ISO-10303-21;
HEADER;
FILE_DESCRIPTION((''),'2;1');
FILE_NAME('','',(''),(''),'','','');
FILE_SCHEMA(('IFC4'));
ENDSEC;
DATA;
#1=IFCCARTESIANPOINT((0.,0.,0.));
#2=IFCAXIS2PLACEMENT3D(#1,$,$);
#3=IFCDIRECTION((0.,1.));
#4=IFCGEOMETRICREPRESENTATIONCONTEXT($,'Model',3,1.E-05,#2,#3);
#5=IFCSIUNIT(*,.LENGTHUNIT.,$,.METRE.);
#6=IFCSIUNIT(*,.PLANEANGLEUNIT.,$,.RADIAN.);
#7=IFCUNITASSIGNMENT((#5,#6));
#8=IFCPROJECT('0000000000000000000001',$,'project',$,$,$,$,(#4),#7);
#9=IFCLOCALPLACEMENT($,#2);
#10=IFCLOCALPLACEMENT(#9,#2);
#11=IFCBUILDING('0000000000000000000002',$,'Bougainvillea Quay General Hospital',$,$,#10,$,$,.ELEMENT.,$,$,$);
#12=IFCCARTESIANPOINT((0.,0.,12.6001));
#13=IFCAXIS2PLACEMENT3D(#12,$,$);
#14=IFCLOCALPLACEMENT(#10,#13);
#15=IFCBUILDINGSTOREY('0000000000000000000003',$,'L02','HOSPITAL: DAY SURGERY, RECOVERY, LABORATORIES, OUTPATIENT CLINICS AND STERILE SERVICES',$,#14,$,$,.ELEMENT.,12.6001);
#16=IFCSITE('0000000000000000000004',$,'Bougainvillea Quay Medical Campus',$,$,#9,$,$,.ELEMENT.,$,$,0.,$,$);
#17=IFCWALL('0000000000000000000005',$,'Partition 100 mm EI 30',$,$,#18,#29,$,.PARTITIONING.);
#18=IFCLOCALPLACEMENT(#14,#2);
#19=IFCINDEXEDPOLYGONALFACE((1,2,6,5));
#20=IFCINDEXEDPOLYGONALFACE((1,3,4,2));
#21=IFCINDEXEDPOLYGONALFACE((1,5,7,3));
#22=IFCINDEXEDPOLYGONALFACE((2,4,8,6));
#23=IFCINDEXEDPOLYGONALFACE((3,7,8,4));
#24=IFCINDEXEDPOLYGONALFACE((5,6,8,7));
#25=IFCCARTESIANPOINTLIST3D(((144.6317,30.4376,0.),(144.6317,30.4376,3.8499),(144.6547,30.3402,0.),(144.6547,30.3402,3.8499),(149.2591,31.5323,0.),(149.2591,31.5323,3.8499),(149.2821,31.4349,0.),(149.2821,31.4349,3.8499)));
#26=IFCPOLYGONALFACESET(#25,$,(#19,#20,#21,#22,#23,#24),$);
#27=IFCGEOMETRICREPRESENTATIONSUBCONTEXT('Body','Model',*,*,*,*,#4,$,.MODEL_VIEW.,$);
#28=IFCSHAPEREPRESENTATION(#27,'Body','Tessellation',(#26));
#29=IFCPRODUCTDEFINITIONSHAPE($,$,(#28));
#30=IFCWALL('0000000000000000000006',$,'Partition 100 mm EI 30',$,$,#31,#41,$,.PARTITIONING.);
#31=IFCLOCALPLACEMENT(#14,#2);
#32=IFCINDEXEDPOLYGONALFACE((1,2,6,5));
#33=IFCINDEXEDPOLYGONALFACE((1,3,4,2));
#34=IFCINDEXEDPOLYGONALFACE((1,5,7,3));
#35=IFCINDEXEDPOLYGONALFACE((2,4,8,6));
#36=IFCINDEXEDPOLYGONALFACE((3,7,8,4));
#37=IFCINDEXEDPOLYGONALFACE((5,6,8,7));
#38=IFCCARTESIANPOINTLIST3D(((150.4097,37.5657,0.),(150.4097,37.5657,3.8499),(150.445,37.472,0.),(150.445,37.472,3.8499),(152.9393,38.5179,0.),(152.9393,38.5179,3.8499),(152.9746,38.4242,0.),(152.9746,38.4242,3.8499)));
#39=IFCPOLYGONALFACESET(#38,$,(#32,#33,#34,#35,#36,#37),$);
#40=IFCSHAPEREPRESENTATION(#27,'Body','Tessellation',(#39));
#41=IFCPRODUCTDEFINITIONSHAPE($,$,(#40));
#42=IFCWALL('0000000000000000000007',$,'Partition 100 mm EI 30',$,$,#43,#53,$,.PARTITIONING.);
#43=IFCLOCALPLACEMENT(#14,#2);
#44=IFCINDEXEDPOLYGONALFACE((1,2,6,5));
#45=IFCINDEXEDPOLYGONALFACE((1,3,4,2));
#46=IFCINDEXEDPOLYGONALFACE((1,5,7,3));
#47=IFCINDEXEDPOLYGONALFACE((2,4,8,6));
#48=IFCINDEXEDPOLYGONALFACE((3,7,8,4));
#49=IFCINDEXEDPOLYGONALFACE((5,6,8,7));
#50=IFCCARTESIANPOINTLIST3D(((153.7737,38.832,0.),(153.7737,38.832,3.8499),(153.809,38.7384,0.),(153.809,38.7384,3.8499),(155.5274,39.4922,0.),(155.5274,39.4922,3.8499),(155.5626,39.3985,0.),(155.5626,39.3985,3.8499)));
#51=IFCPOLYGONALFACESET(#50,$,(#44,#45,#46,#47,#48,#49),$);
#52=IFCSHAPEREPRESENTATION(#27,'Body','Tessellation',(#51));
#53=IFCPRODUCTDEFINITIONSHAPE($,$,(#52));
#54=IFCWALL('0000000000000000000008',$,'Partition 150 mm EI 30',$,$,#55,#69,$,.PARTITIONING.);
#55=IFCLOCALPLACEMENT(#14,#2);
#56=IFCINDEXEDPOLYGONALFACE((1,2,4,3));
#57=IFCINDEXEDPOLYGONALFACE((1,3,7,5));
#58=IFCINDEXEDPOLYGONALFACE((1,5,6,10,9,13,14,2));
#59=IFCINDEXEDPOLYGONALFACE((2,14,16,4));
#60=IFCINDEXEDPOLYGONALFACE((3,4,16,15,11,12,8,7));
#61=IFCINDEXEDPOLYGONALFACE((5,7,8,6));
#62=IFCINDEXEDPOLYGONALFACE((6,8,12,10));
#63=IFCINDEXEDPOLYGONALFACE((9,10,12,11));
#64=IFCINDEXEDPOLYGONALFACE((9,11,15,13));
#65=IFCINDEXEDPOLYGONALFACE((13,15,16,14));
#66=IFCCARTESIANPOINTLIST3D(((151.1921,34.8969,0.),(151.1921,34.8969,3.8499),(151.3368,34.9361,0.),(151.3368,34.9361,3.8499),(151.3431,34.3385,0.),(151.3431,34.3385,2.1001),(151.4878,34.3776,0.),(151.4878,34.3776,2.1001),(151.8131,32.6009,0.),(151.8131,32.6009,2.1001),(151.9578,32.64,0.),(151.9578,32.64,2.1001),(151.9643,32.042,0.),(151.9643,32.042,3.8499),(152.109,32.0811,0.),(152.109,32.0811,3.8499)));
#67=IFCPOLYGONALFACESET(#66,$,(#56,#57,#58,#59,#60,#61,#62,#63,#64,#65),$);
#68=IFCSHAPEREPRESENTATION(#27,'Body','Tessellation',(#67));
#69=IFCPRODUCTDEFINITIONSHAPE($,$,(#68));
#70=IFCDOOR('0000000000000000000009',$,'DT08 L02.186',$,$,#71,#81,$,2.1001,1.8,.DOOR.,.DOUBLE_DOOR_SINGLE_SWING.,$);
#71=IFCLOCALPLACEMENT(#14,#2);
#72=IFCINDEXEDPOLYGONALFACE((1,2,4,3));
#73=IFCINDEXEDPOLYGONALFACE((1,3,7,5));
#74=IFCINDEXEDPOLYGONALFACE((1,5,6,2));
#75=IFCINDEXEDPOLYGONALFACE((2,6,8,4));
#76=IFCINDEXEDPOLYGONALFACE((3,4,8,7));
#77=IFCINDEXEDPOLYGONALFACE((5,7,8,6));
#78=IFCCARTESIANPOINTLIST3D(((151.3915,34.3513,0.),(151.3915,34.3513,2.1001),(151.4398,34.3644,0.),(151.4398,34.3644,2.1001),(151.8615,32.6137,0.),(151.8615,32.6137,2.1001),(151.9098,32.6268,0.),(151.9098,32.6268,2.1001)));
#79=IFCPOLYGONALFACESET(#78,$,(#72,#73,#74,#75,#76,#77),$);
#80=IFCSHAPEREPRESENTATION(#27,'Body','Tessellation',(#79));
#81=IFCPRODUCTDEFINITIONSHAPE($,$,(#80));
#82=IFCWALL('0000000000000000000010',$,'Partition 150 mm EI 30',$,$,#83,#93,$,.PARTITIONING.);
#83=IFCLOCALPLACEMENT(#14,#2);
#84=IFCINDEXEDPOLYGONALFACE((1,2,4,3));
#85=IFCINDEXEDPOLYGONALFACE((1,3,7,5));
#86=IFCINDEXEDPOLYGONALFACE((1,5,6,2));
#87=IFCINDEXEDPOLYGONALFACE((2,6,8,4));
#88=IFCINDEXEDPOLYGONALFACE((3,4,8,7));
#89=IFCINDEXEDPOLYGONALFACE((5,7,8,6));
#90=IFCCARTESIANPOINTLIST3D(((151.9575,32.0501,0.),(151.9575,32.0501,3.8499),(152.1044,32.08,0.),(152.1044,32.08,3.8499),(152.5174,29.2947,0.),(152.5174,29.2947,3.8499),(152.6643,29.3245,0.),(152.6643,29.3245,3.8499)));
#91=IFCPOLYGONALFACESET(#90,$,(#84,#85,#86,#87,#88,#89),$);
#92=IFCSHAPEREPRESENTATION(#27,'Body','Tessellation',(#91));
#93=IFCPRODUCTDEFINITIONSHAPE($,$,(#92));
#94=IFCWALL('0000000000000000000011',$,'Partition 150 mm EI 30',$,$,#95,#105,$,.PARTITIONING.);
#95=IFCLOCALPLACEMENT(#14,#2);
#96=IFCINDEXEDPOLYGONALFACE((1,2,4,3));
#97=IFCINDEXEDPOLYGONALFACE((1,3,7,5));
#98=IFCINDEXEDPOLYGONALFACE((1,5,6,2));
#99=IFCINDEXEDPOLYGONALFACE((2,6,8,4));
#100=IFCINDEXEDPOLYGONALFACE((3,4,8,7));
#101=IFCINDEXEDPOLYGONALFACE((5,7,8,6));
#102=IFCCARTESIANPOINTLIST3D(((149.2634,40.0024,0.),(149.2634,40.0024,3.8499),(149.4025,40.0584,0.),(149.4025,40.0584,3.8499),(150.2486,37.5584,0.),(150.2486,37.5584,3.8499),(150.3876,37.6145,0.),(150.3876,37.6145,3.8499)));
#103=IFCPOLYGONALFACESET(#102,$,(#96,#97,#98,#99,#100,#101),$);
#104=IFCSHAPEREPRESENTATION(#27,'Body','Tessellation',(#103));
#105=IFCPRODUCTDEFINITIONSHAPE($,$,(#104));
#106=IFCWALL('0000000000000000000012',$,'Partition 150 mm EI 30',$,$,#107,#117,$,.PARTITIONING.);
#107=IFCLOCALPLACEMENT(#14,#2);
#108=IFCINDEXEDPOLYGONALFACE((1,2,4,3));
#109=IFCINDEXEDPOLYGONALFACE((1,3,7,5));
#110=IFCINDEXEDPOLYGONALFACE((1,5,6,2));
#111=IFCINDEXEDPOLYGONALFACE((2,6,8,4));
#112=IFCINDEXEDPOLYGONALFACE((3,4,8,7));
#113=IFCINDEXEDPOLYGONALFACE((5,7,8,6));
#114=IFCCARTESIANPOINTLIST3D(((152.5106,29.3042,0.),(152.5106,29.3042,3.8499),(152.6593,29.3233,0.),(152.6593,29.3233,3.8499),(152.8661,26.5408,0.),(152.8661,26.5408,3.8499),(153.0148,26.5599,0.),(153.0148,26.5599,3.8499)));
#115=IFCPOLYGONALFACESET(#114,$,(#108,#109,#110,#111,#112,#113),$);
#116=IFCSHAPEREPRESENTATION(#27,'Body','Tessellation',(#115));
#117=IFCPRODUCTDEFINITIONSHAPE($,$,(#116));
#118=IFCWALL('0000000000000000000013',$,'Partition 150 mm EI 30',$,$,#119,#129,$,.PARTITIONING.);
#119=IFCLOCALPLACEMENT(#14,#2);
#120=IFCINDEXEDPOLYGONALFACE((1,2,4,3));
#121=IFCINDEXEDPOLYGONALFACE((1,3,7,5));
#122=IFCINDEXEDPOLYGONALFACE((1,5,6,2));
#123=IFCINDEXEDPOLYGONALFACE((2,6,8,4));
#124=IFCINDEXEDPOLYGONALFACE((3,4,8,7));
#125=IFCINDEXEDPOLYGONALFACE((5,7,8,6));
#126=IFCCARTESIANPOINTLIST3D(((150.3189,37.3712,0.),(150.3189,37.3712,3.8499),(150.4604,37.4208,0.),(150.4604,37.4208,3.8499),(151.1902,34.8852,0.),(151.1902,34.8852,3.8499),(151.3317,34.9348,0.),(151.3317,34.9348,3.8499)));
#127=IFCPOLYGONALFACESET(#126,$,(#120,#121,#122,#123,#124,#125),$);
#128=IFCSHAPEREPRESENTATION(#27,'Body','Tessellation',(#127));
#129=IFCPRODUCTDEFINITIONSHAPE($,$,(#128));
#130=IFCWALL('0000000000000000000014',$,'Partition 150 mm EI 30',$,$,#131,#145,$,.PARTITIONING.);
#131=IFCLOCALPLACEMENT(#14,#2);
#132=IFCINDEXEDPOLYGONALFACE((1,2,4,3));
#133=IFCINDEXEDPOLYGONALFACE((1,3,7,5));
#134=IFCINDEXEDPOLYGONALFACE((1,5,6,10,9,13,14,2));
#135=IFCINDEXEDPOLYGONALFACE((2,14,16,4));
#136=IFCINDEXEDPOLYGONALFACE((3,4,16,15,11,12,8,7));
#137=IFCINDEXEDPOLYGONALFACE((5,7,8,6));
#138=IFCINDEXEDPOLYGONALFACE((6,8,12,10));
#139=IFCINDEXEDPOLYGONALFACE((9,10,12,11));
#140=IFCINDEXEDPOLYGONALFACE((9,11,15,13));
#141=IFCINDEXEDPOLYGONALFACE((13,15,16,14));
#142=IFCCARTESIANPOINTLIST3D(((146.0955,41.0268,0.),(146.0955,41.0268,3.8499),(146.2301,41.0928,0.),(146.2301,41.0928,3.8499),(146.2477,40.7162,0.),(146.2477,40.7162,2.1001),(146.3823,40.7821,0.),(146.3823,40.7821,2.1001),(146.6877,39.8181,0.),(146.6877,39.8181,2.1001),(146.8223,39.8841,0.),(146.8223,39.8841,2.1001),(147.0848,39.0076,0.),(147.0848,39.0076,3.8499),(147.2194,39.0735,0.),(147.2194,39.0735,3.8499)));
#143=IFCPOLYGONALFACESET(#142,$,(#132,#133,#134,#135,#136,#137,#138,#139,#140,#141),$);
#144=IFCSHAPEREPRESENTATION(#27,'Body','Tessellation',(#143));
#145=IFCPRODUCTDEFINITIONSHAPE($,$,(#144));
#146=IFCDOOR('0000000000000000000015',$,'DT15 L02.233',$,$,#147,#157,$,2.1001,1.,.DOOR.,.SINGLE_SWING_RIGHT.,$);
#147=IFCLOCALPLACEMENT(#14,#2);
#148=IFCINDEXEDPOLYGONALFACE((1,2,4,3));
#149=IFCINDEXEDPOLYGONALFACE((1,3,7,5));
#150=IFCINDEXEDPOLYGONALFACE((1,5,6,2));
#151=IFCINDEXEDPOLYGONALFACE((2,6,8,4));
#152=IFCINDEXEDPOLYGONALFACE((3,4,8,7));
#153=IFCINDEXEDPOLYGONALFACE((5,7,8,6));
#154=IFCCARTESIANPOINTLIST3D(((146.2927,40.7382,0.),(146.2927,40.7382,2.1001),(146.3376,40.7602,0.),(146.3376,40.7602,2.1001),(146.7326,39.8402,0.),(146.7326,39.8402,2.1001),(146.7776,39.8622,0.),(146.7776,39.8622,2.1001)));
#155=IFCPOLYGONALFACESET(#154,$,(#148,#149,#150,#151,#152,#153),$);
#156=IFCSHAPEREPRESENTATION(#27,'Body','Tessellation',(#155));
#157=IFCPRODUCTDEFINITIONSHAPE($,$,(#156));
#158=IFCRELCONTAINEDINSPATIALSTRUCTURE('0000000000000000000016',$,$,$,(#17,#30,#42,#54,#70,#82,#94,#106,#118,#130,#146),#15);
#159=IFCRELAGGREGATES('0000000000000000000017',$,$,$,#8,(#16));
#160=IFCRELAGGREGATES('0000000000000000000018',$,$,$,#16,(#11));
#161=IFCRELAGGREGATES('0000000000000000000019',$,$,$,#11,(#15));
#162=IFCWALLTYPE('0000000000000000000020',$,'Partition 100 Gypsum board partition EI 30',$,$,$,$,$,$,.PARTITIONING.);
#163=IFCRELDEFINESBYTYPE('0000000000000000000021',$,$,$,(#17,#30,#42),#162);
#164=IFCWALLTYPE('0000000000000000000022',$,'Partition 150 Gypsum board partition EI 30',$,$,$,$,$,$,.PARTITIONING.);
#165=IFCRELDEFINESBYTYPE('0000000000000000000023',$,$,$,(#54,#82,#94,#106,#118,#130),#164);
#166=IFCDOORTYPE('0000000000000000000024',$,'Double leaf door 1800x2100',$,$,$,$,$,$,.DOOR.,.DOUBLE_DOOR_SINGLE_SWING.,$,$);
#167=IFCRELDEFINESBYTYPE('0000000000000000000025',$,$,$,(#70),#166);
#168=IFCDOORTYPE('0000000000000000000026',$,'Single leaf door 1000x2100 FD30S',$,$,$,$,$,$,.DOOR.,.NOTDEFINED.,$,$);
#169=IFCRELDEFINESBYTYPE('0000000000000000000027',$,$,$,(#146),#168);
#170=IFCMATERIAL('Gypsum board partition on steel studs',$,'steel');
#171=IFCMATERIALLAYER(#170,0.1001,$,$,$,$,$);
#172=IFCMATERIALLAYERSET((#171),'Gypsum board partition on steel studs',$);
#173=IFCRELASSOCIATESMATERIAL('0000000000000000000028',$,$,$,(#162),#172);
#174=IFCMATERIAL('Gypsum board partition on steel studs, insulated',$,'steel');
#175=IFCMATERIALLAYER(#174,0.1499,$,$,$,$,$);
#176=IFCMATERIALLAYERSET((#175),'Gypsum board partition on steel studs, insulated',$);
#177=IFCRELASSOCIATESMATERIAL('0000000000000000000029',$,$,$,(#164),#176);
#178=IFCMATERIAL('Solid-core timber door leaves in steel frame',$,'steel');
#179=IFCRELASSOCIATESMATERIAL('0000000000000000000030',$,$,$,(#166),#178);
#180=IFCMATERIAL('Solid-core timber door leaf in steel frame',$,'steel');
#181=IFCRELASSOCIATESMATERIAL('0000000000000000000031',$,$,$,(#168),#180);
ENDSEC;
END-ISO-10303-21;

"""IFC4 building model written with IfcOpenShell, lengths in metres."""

from ifc_helpers import new_model, si_unit, direction, frame, frame_2d, origin, place, context, subcontext, project, spatial, rectangle, extrude, material, layer, layer_set, type_object, element, fill, save


model = new_model("IFC4")

# Units and contexts
model_context = context("Model", 3, precision=1e-05, world=origin(), true_north=direction((0.0, 1.0)))
body_context = subcontext(model_context, "Body", "Model", "MODEL_VIEW")
ifc_project = project(units=[si_unit("LENGTHUNIT", "METRE"), si_unit("PLANEANGLEUNIT", "RADIAN")], contexts=[model_context])

# Site, building, storey
site_placement = place(None, origin())
site = spatial("IfcSite", under=ifc_project, at=site_placement, Name="Bougainvillea Quay Medical Campus", CompositionType="ELEMENT", RefElevation=0.0)
building_placement = place(site_placement, origin())
building = spatial("IfcBuilding", under=site, at=building_placement, Name="Bougainvillea Quay General Hospital", CompositionType="ELEMENT")
storey_placement = place(building_placement, frame((0.0, 0.0, 12.6001)))
storey = spatial("IfcBuildingStorey", under=building, at=storey_placement, Name="L02", Description="HOSPITAL: DAY SURGERY, RECOVERY, LABORATORIES, OUTPATIENT CLINICS AND STERILE SERVICES", CompositionType="ELEMENT", Elevation=12.6001)

# Walls
ifc_material_1 = material(Name="Gypsum board partition on steel studs", Category="steel")
ifc_layer_1 = layer(ifc_material_1, 0.1001)
ifc_layer_set_1 = layer_set([ifc_layer_1], Name="Gypsum board partition on steel studs")
wall_type_1 = type_object("IfcWallType", Name="Partition 100 Gypsum board partition EI 30", PredefinedType="PARTITIONING", material=ifc_layer_set_1)
wall_1_placement = place(storey_placement, frame((144.6433, 30.3889, 0.0), z_axis=(0.0, 0.0, 1.0), x_axis=(0.973139, 0.230218, 0.0)))
element("IfcWall", 1, at=wall_1_placement, inside=storey, type_object=wall_type_1, Name="Partition 100 mm EI 30", PredefinedType="PARTITIONING", context=body_context, shape_type="SweptSolid", body=[
    extrude(rectangle(XDim=4.7551, YDim=0.1001, at=frame_2d((2.3774, 0.0))), origin(), (0.0, 0.0, 1.0), 3.8499),
])
wall_2_placement = place(storey_placement, frame((150.4272, 37.5188, 0.0), z_axis=(0.0, 0.0, 1.0), x_axis=(0.935894, 0.352281, 0.0)))
element("IfcWall", 2, at=wall_2_placement, inside=storey, type_object=wall_type_1, Name="Partition 100 mm EI 30", PredefinedType="PARTITIONING", context=body_context, shape_type="SweptSolid", body=[
    extrude(rectangle(XDim=2.7029, YDim=0.1001, at=frame_2d((1.3516, 0.0))), origin(), (0.0, 0.0, 1.0), 3.8499),
])
wall_3_placement = place(storey_placement, frame((153.7913, 38.7852, 0.0), z_axis=(0.0, 0.0, 1.0), x_axis=(0.935884, 0.352308, 0.0)))
element("IfcWall", 3, at=wall_3_placement, inside=storey, type_object=wall_type_1, Name="Partition 100 mm EI 30", PredefinedType="PARTITIONING", context=body_context, shape_type="SweptSolid", body=[
    extrude(rectangle(XDim=1.8738, YDim=0.1001, at=frame_2d((0.937, 0.0))), origin(), (0.0, 0.0, 1.0), 3.8499),
])

# Wall, opening, door
ifc_material_2 = material(Name="Gypsum board partition on steel studs, insulated", Category="steel")
ifc_layer_2 = layer(ifc_material_2, 0.1499)
ifc_layer_set_2 = layer_set([ifc_layer_2], Name="Gypsum board partition on steel studs, insulated")
wall_type_2 = type_object("IfcWallType", Name="Partition 150 Gypsum board partition EI 30", PredefinedType="PARTITIONING", material=ifc_layer_set_2)
wall_4_placement = place(storey_placement, frame((151.2644, 34.9165, 0.0), z_axis=(0.0, 0.0, 1.0), x_axis=(0.261098, -0.965312, 0.0)))
wall_4 = element("IfcWall", 4, at=wall_4_placement, inside=storey, type_object=wall_type_2, Name="Partition 150 mm EI 30", PredefinedType="PARTITIONING", context=body_context, shape_type="SweptSolid", body=[
    extrude(rectangle(XDim=2.9575, YDim=0.1499, at=frame_2d((1.4788, 0.0))), origin(), (0.0, 0.0, 1.0), 3.8499),
])
opening_1_placement = place(wall_4_placement, frame((0.5786, 0.0, 0.0)))
opening_1 = element("IfcOpeningElement", 5, at=opening_1_placement, cuts=wall_4, PredefinedType="OPENING", context=body_context, shape_type="SweptSolid", body=[
    extrude(rectangle(XDim=1.8, YDim=2.1001, at=frame_2d((0.8999, 1.05))), frame((0.0, 0.085, 0.0), z_axis=(0.0, -1.0, 0.0), x_axis=(1.0, 0.0, 0.0)), (0.0, 0.0, 1.0), 0.1699),
])
ifc_material_3 = material(Name="Solid-core timber door leaves in steel frame", Category="steel")
door_type_1 = type_object("IfcDoorType", Name="Double leaf door 1800x2100", OperationType="DOUBLE_DOOR_SINGLE_SWING", PredefinedType="DOOR", material=ifc_material_3)
door_1_placement = place(opening_1_placement, frame((1.8, 0.0, 0.0), z_axis=(0.0, 0.0, 1.0), x_axis=(-1.0, 0.0, 0.0)))
door_1 = element("IfcDoor", 6, at=door_1_placement, inside=storey, type_object=door_type_1, Name="DT08 L02.186", OperationType="DOUBLE_DOOR_SINGLE_SWING", OverallHeight=2.1001, OverallWidth=1.8, PredefinedType="DOOR", context=body_context, shape_type="SweptSolid", body=[
    extrude(rectangle(XDim=1.8, YDim=2.1001, at=frame_2d((0.8999, 1.05))), frame((0.0, 0.0249, 0.0), z_axis=(0.0, -1.0, 0.0), x_axis=(1.0, 0.0, 0.0)), (0.0, 0.0, 1.0), 0.05),
])
fill(opening_1, door_1)

# Walls
wall_5_placement = place(storey_placement, frame((152.031, 32.0649, 0.0), z_axis=(0.0, 0.0, 1.0), x_axis=(0.199104, -0.979978, 0.0)))
element("IfcWall", 7, at=wall_5_placement, inside=storey, type_object=wall_type_2, Name="Partition 150 mm EI 30", PredefinedType="PARTITIONING", context=body_context, shape_type="SweptSolid", body=[
    extrude(rectangle(XDim=2.8118, YDim=0.1499, at=frame_2d((1.4058, 0.0))), origin(), (0.0, 0.0, 1.0), 3.8499),
])
wall_6_placement = place(storey_placement, frame((149.333, 40.0303, 0.0), z_axis=(0.0, 0.0, 1.0), x_axis=(0.373865, -0.927483, 0.0)))
element("IfcWall", 8, at=wall_6_placement, inside=storey, type_object=wall_type_2, Name="Partition 150 mm EI 30", PredefinedType="PARTITIONING", context=body_context, shape_type="SweptSolid", body=[
    extrude(rectangle(XDim=2.635, YDim=0.1499, at=frame_2d((1.3174, 0.0))), origin(), (0.0, 0.0, 1.0), 3.8499),
])
wall_7_placement = place(storey_placement, frame((152.585, 29.3137, 0.0), z_axis=(0.0, 0.0, 1.0), x_axis=(0.127582, -0.991828, 0.0)))
element("IfcWall", 9, at=wall_7_placement, inside=storey, type_object=wall_type_2, Name="Partition 150 mm EI 30", PredefinedType="PARTITIONING", context=body_context, shape_type="SweptSolid", body=[
    extrude(rectangle(XDim=2.7861, YDim=0.1499, at=frame_2d((1.3931, 0.0))), origin(), (0.0, 0.0, 1.0), 3.8499),
])
wall_8_placement = place(storey_placement, frame((150.3896, 37.396, 0.0), z_axis=(0.0, 0.0, 1.0), x_axis=(0.330759, -0.943715, 0.0)))
element("IfcWall", 10, at=wall_8_placement, inside=storey, type_object=wall_type_2, Name="Partition 150 mm EI 30", PredefinedType="PARTITIONING", context=body_context, shape_type="SweptSolid", body=[
    extrude(rectangle(XDim=2.6343, YDim=0.1499, at=frame_2d((1.3171, 0.0))), origin(), (0.0, 0.0, 1.0), 3.8499),
])

# Wall, opening, door
wall_9_placement = place(storey_placement, frame((146.1628, 41.0598, 0.0), z_axis=(0.0, 0.0, 1.0), x_axis=(0.439946, -0.898024, 0.0)))
wall_9 = element("IfcWall", 11, at=wall_9_placement, inside=storey, type_object=wall_type_2, Name="Partition 150 mm EI 30", PredefinedType="PARTITIONING", context=body_context, shape_type="SweptSolid", body=[
    extrude(rectangle(XDim=2.2485, YDim=0.1499, at=frame_2d((1.1243, 0.0))), origin(), (0.0, 0.0, 1.0), 3.8499),
])
opening_2_placement = place(wall_9_placement, frame((0.3459, 0.0, 0.0)))
opening_2 = element("IfcOpeningElement", 12, at=opening_2_placement, cuts=wall_9, PredefinedType="OPENING", context=body_context, shape_type="SweptSolid", body=[
    extrude(rectangle(XDim=1.0, YDim=2.1001, at=frame_2d((0.5, 1.05))), frame((0.0, 0.085, 0.0), z_axis=(0.0, -1.0, 0.0), x_axis=(1.0, 0.0, 0.0)), (0.0, 0.0, 1.0), 0.1699),
])
ifc_material_4 = material(Name="Solid-core timber door leaf in steel frame", Category="steel")
door_type_2 = type_object("IfcDoorType", Name="Single leaf door 1000x2100 FD30S", OperationType="NOTDEFINED", PredefinedType="DOOR", material=ifc_material_4)
door_2_placement = place(opening_2_placement, frame((1.0, 0.0, 0.0), z_axis=(0.0, 0.0, 1.0), x_axis=(-1.0, 0.0, 0.0)))
door_2 = element("IfcDoor", 13, at=door_2_placement, inside=storey, type_object=door_type_2, Name="DT15 L02.233", OperationType="SINGLE_SWING_RIGHT", OverallHeight=2.1001, OverallWidth=1.0, PredefinedType="DOOR", context=body_context, shape_type="SweptSolid", body=[
    extrude(rectangle(XDim=1.0, YDim=2.1001, at=frame_2d((0.5, 1.05))), frame((0.0, 0.0249, 0.0), z_axis=(0.0, -1.0, 0.0), x_axis=(1.0, 0.0, 0.0)), (0.0, 0.0, 1.0), 0.05),
])
fill(opening_2, door_2)

save(model, "model.ifc")
